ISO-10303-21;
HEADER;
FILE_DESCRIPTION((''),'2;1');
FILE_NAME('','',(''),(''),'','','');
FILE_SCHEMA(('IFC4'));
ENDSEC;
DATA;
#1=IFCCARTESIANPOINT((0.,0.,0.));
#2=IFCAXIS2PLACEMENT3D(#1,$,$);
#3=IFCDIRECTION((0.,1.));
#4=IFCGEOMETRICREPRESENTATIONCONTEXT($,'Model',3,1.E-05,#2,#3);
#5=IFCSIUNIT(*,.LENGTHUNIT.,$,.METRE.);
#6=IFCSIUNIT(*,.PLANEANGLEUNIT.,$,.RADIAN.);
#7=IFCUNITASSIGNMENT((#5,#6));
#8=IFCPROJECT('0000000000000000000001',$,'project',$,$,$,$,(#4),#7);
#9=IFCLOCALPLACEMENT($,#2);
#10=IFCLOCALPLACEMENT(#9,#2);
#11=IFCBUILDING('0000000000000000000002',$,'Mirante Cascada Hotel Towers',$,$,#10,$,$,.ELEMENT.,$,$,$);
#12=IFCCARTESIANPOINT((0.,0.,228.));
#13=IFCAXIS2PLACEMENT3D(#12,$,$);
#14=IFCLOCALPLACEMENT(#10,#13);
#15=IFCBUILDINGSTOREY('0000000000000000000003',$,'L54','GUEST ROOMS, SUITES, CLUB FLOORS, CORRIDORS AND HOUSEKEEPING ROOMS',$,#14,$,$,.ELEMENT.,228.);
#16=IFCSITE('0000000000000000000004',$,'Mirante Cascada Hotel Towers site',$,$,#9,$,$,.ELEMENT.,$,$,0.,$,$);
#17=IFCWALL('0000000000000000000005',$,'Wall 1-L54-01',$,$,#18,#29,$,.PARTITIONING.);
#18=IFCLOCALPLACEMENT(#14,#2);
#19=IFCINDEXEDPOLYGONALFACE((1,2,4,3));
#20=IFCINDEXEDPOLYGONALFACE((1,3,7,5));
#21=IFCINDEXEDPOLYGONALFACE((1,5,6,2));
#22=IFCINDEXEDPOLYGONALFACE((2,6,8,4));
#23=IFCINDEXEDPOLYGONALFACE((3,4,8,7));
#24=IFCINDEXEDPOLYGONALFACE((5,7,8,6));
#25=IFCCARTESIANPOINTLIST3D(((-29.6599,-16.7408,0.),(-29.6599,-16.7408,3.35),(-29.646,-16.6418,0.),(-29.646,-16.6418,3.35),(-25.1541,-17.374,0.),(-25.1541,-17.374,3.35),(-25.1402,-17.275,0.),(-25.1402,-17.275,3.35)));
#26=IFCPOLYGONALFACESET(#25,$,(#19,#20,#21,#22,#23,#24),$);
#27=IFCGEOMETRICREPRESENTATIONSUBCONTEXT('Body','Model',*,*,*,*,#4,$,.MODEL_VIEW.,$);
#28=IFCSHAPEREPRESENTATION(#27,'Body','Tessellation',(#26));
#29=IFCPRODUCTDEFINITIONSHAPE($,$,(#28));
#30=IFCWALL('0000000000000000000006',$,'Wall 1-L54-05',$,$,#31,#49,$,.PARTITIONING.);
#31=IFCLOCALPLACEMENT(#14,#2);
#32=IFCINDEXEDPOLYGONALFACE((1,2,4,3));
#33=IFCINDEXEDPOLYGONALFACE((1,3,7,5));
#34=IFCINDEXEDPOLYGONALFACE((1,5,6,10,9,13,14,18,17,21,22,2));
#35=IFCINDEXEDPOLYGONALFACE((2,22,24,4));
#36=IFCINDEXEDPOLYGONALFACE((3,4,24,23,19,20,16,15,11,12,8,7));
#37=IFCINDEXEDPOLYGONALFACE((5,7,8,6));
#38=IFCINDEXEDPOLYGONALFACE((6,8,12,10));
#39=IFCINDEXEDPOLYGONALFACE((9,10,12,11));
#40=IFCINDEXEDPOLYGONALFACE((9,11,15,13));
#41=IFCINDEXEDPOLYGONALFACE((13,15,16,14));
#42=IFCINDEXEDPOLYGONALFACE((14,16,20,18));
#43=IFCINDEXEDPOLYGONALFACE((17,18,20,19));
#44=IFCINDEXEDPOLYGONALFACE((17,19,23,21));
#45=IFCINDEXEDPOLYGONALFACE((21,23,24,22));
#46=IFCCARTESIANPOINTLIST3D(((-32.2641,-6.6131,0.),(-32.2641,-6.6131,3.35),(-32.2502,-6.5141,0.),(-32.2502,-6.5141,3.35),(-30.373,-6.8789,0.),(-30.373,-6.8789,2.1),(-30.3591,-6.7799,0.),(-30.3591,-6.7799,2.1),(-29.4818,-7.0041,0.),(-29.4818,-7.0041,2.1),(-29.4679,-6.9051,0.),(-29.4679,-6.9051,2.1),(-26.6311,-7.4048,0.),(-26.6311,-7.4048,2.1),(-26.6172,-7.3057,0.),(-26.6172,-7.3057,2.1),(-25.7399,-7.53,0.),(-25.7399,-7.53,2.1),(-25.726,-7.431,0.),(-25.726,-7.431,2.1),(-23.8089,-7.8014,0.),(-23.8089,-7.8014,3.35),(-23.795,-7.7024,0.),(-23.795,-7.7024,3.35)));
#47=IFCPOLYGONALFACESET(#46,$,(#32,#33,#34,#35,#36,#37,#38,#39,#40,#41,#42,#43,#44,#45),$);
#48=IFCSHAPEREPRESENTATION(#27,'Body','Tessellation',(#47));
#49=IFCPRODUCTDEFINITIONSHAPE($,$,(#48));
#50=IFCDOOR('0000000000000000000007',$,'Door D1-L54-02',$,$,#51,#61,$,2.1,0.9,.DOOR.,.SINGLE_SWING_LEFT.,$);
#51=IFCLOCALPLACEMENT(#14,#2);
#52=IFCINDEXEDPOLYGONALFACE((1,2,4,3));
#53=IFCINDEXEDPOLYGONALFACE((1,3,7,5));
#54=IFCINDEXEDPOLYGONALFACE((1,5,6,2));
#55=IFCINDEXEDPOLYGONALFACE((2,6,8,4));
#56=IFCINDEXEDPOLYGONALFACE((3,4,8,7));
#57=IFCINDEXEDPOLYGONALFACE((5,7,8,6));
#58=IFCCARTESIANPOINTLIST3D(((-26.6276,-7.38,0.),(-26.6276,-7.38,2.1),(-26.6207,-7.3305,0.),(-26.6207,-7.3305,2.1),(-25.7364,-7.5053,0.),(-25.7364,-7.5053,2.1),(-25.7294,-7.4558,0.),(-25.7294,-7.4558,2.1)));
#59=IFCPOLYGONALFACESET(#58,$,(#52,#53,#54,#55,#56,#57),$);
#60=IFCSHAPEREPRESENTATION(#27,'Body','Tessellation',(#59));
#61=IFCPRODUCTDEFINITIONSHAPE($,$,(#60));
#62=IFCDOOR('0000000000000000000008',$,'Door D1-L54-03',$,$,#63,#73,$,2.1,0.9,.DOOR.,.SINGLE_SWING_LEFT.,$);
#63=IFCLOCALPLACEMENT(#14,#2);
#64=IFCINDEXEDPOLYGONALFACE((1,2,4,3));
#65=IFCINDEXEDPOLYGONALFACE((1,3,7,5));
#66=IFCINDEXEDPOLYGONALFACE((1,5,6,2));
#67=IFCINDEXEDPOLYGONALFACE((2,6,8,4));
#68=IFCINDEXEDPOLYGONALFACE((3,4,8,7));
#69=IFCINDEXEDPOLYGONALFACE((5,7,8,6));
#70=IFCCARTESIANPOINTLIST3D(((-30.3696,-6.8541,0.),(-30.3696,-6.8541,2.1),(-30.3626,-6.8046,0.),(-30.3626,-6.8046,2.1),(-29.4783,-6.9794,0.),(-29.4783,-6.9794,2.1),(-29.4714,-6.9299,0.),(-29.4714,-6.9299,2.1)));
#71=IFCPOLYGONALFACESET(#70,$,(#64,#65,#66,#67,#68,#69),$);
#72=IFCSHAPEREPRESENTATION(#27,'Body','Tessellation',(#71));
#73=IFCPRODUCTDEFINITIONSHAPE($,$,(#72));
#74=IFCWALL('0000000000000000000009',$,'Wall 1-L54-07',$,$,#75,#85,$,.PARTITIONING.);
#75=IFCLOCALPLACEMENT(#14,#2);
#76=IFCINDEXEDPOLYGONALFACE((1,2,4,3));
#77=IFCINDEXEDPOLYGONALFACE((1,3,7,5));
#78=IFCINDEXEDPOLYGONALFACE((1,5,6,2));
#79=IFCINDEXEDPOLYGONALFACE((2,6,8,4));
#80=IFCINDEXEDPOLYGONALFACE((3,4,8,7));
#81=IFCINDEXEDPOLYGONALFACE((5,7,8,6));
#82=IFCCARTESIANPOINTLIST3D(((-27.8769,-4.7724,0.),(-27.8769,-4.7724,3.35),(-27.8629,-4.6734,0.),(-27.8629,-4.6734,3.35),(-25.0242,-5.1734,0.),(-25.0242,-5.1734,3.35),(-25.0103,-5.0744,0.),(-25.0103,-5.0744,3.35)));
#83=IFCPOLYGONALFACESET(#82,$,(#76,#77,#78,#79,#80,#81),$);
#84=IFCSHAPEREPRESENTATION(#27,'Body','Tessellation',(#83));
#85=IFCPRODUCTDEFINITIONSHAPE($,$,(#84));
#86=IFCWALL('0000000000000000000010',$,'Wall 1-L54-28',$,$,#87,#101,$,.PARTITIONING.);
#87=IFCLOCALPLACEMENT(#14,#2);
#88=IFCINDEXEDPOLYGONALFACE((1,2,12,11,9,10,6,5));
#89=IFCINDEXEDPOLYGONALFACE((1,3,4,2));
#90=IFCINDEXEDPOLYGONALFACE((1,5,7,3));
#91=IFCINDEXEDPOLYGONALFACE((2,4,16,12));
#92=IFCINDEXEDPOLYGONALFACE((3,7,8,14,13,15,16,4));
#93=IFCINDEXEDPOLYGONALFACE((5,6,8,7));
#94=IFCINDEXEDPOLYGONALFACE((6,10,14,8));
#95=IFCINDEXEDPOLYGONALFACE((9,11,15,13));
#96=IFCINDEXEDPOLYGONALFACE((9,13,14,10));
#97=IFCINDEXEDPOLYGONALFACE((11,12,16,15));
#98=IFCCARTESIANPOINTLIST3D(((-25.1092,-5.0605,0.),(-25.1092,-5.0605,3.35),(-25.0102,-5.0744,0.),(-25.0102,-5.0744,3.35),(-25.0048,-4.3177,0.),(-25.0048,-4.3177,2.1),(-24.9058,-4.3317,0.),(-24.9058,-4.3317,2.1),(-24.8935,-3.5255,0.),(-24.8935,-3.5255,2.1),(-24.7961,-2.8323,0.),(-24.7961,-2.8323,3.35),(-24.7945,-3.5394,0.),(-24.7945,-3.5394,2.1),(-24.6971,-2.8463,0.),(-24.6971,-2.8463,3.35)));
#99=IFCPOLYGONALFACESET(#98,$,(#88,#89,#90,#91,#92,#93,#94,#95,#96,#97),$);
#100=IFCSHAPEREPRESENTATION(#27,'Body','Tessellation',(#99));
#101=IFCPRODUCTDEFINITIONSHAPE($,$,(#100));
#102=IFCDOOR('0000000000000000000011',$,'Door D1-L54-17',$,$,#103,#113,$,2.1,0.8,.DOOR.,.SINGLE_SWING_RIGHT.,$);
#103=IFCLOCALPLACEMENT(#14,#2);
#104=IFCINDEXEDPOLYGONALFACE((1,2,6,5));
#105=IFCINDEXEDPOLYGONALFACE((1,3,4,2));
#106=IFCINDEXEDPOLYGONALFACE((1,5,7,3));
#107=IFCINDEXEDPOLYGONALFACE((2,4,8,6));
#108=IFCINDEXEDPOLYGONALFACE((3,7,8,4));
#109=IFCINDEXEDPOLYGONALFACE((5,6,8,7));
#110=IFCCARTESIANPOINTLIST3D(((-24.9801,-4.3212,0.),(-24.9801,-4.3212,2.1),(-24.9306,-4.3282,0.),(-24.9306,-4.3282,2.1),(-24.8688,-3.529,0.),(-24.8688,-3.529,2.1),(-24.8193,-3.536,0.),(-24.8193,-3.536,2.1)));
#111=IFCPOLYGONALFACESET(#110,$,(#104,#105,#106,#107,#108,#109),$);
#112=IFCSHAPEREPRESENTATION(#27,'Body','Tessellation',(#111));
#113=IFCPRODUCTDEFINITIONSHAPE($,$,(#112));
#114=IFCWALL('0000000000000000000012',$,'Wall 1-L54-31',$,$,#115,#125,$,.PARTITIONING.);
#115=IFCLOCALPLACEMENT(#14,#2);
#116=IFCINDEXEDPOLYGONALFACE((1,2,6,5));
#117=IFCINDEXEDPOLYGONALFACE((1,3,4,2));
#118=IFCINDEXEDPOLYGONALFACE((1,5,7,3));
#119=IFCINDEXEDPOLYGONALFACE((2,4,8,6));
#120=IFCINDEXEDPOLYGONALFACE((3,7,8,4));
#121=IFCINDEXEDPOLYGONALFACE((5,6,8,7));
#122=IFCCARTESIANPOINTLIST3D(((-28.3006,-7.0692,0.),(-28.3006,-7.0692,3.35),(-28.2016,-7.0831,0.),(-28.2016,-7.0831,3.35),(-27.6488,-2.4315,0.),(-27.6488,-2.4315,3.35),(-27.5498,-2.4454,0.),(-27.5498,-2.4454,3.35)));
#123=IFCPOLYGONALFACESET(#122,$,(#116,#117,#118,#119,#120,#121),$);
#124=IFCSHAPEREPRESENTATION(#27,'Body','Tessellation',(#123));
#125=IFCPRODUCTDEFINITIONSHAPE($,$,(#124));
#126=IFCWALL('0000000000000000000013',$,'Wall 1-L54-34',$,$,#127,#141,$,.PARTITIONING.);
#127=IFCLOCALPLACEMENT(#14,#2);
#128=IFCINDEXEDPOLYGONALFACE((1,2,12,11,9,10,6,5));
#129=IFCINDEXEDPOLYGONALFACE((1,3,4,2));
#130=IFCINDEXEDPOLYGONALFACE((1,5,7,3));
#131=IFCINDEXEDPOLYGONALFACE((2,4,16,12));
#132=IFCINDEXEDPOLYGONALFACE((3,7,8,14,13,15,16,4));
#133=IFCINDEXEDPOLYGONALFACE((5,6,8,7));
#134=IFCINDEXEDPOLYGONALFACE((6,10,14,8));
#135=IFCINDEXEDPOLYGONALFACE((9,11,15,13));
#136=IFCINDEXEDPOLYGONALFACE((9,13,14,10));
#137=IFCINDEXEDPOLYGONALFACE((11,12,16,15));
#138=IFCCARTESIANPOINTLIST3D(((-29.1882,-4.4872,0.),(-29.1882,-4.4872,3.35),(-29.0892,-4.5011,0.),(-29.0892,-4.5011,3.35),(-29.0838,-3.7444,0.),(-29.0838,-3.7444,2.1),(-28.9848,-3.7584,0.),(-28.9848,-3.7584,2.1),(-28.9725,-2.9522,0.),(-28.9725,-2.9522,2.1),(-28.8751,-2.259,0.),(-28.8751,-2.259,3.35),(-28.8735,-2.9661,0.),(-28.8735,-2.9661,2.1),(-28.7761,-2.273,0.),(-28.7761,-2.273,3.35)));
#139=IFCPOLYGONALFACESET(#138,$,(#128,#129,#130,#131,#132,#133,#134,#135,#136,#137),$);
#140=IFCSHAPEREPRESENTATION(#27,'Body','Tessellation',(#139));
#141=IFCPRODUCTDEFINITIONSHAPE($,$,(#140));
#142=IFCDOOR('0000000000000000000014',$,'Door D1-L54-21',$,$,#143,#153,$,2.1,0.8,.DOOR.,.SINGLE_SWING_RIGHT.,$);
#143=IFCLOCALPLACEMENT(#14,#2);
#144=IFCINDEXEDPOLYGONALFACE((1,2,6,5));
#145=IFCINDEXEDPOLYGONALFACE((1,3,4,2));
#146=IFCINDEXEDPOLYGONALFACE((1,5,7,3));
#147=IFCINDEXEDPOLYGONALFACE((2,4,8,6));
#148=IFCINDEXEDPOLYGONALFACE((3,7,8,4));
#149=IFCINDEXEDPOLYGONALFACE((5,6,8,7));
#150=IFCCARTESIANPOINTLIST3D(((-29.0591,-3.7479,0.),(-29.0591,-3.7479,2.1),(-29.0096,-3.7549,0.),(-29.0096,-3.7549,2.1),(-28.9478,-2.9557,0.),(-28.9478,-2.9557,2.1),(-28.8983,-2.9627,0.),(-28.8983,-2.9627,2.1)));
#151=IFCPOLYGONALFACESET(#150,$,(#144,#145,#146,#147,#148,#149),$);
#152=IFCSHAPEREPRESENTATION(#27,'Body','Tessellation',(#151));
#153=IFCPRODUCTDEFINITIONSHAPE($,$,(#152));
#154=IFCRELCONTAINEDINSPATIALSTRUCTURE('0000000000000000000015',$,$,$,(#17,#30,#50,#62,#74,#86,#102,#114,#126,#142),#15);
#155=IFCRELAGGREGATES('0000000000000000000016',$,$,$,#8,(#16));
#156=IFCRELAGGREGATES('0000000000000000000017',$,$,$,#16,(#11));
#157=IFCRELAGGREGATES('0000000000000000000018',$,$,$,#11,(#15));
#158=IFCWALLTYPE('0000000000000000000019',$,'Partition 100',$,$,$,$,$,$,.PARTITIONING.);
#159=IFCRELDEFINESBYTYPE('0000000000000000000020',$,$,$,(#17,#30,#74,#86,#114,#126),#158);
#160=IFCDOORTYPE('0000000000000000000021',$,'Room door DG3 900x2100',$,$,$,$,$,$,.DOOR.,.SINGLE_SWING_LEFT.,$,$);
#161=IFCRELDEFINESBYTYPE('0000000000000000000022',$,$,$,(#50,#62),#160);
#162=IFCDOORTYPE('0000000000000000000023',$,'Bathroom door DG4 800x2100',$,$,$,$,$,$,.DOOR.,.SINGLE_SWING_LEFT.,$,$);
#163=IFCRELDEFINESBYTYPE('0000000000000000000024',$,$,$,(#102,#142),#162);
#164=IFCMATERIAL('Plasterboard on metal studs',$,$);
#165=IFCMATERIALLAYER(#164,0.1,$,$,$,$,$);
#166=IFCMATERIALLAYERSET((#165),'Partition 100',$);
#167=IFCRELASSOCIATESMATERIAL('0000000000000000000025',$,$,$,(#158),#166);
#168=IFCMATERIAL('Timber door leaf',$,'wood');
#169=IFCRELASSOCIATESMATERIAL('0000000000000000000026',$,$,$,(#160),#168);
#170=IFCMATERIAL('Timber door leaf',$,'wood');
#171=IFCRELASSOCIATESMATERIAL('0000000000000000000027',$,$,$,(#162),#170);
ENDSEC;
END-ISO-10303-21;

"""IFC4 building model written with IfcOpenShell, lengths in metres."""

from ifc_helpers import new_model, si_unit, direction, frame, frame_2d, origin, place, context, subcontext, project, spatial, rectangle, extrude, material, layer, layer_set, type_object, element, fill, save


model = new_model("IFC4")

# Units and contexts
model_context = context("Model", 3, precision=1e-05, world=origin(), true_north=direction((0.0, 1.0)))
body_context = subcontext(model_context, "Body", "Model", "MODEL_VIEW")
ifc_project = project(units=[si_unit("LENGTHUNIT", "METRE"), si_unit("PLANEANGLEUNIT", "RADIAN")], contexts=[model_context])

# Site, building, storey
site_placement = place(None, origin())
site = spatial("IfcSite", under=ifc_project, at=site_placement, Name="Mirante Cascada Hotel Towers site", CompositionType="ELEMENT", RefElevation=0.0)
building_placement = place(site_placement, origin())
building = spatial("IfcBuilding", under=site, at=building_placement, Name="Mirante Cascada Hotel Towers", CompositionType="ELEMENT")
storey_placement = place(building_placement, frame((0.0, 0.0, 228.0)))
storey = spatial("IfcBuildingStorey", under=building, at=storey_placement, Name="L54", Description="GUEST ROOMS, SUITES, CLUB FLOORS, CORRIDORS AND HOUSEKEEPING ROOMS", CompositionType="ELEMENT", Elevation=228.0)

# Wall
ifc_material_1 = material(Name="Plasterboard on metal studs")
ifc_layer_1 = layer(ifc_material_1, 0.1)
ifc_layer_set_1 = layer_set([ifc_layer_1], Name="Partition 100")
wall_type_1 = type_object("IfcWallType", Name="Partition 100", PredefinedType="PARTITIONING", material=ifc_layer_set_1)
wall_1_placement = place(storey_placement, frame((-25.1472, -17.3245, 0.0), z_axis=(0.0, 0.0, 1.0), x_axis=(-0.99027, 0.139163, 0.0)))
element("IfcWall", 1, at=wall_1_placement, inside=storey, type_object=wall_type_1, Name="Wall 1-L54-01", PredefinedType="PARTITIONING", context=body_context, shape_type="SweptSolid", body=[
    extrude(rectangle(XDim=4.5501, YDim=0.1, at=frame_2d((2.275, 0.0))), origin(), (0.0, 0.0, 1.0), 3.35),
])

# Wall, openings, doors
wall_2_placement = place(storey_placement, frame((-23.8019, -7.7519, 0.0), z_axis=(0.0, 0.0, 1.0), x_axis=(-0.990268, 0.139173, 0.0)))
wall_2 = element("IfcWall", 2, at=wall_2_placement, inside=storey, type_object=wall_type_1, Name="Wall 1-L54-05", PredefinedType="PARTITIONING", context=body_context, shape_type="SweptSolid", body=[
    extrude(rectangle(XDim=8.5383, YDim=0.1, at=frame_2d((4.2692, 0.0))), origin(), (0.0, 0.0, 1.0), 3.35),
])
opening_1_placement = place(wall_2_placement, frame((1.95, 0.0, 0.0)))
opening_1 = element("IfcOpeningElement", 3, at=opening_1_placement, cuts=wall_2, PredefinedType="OPENING", context=body_context, shape_type="SweptSolid", body=[
    extrude(rectangle(XDim=0.9, YDim=2.1, at=frame_2d((0.45, 1.05))), frame((0.0, 0.05, 0.0), z_axis=(0.0, -1.0, 0.0), x_axis=(1.0, 0.0, 0.0)), (0.0, 0.0, 1.0), 0.1),
])
opening_2_placement = place(wall_2_placement, frame((5.7287, 0.0, 0.0)))
opening_2 = element("IfcOpeningElement", 4, at=opening_2_placement, cuts=wall_2, PredefinedType="OPENING", context=body_context, shape_type="SweptSolid", body=[
    extrude(rectangle(XDim=0.9, YDim=2.1, at=frame_2d((0.45, 1.05))), frame((0.0, 0.05, 0.0), z_axis=(0.0, -1.0, 0.0), x_axis=(1.0, 0.0, 0.0)), (0.0, 0.0, 1.0), 0.1),
])
ifc_material_2 = material(Name="Timber door leaf", Category="wood")
door_type_1 = type_object("IfcDoorType", Name="Room door DG3 900x2100", OperationType="SINGLE_SWING_LEFT", PredefinedType="DOOR", material=ifc_material_2)
door_1_placement = place(opening_1_placement, origin())
door_1 = element("IfcDoor", 5, at=door_1_placement, inside=storey, type_object=door_type_1, Name="Door D1-L54-02", OperationType="SINGLE_SWING_LEFT", OverallHeight=2.1, OverallWidth=0.9, PredefinedType="DOOR", context=body_context, shape_type="SweptSolid", body=[
    extrude(rectangle(XDim=0.9, YDim=2.1, at=frame_2d((0.45, 1.05))), frame((0.0, 0.025, 0.0), z_axis=(0.0, -1.0, 0.0), x_axis=(1.0, 0.0, 0.0)), (0.0, 0.0, 1.0), 0.05),
])
fill(opening_1, door_1)
door_2_placement = place(opening_2_placement, origin())
door_2 = element("IfcDoor", 6, at=door_2_placement, inside=storey, type_object=door_type_1, Name="Door D1-L54-03", OperationType="SINGLE_SWING_LEFT", OverallHeight=2.1, OverallWidth=0.9, PredefinedType="DOOR", context=body_context, shape_type="SweptSolid", body=[
    extrude(rectangle(XDim=0.9, YDim=2.1, at=frame_2d((0.45, 1.05))), frame((0.0, 0.025, 0.0), z_axis=(0.0, -1.0, 0.0), x_axis=(1.0, 0.0, 0.0)), (0.0, 0.0, 1.0), 0.05),
])
fill(opening_2, door_2)

# Wall
wall_3_placement = place(storey_placement, frame((-25.0172, -5.1239, 0.0), z_axis=(0.0, 0.0, 1.0), x_axis=(-0.990264, 0.1392, 0.0)))
element("IfcWall", 7, at=wall_3_placement, inside=storey, type_object=wall_type_1, Name="Wall 1-L54-07", PredefinedType="PARTITIONING", context=body_context, shape_type="SweptSolid", body=[
    extrude(rectangle(XDim=2.8807, YDim=0.1, at=frame_2d((1.4404, 0.0))), origin(), (0.0, 0.0, 1.0), 3.35),
])

# Wall, opening, door
wall_4_placement = place(storey_placement, frame((-24.7466, -2.8393, 0.0), z_axis=(0.0, 0.0, 1.0), x_axis=(-0.139156, -0.990271, 0.0)))
wall_4 = element("IfcWall", 8, at=wall_4_placement, inside=storey, type_object=wall_type_1, Name="Wall 1-L54-28", PredefinedType="PARTITIONING", context=body_context, shape_type="SweptSolid", body=[
    extrude(rectangle(XDim=2.25, YDim=0.1, at=frame_2d((1.125, 0.0))), origin(), (0.0, 0.0, 1.0), 3.35),
])
opening_3_placement = place(wall_4_placement, frame((0.7, 0.0, 0.0)))
opening_3 = element("IfcOpeningElement", 9, at=opening_3_placement, cuts=wall_4, PredefinedType="OPENING", context=body_context, shape_type="SweptSolid", body=[
    extrude(rectangle(XDim=0.8, YDim=2.1, at=frame_2d((0.4, 1.05))), frame((0.0, 0.05, 0.0), z_axis=(0.0, -1.0, 0.0), x_axis=(1.0, 0.0, 0.0)), (0.0, 0.0, 1.0), 0.1),
])
ifc_material_3 = material(Name="Timber door leaf", Category="wood")
door_type_2 = type_object("IfcDoorType", Name="Bathroom door DG4 800x2100", OperationType="SINGLE_SWING_LEFT", PredefinedType="DOOR", material=ifc_material_3)
door_3_placement = place(opening_3_placement, frame((0.8, 0.0, 0.0), z_axis=(0.0, 0.0, 1.0), x_axis=(-1.0, 0.0, 0.0)))
door_3 = element("IfcDoor", 10, at=door_3_placement, inside=storey, type_object=door_type_2, Name="Door D1-L54-17", OperationType="SINGLE_SWING_RIGHT", OverallHeight=2.1, OverallWidth=0.8, PredefinedType="DOOR", context=body_context, shape_type="SweptSolid", body=[
    extrude(rectangle(XDim=0.8, YDim=2.1, at=frame_2d((0.4, 1.05))), frame((0.0, 0.025, 0.0), z_axis=(0.0, -1.0, 0.0), x_axis=(1.0, 0.0, 0.0)), (0.0, 0.0, 1.0), 0.05),
])
fill(opening_3, door_3)

# Wall
wall_5_placement = place(storey_placement, frame((-28.2511, -7.0761, 0.0), z_axis=(0.0, 0.0, 1.0), x_axis=(0.139176, 0.990268, 0.0)))
element("IfcWall", 11, at=wall_5_placement, inside=storey, type_object=wall_type_1, Name="Wall 1-L54-31", PredefinedType="PARTITIONING", context=body_context, shape_type="SweptSolid", body=[
    extrude(rectangle(XDim=4.6833, YDim=0.1, at=frame_2d((2.3416, 0.0))), origin(), (0.0, 0.0, 1.0), 3.35),
])

# Wall, opening, door
wall_6_placement = place(storey_placement, frame((-28.8256, -2.266, 0.0), z_axis=(0.0, 0.0, 1.0), x_axis=(-0.139156, -0.990271, 0.0)))
wall_6 = element("IfcWall", 12, at=wall_6_placement, inside=storey, type_object=wall_type_1, Name="Wall 1-L54-34", PredefinedType="PARTITIONING", context=body_context, shape_type="SweptSolid", body=[
    extrude(rectangle(XDim=2.25, YDim=0.1, at=frame_2d((1.125, 0.0))), origin(), (0.0, 0.0, 1.0), 3.35),
])
opening_4_placement = place(wall_6_placement, frame((0.7, 0.0, 0.0)))
opening_4 = element("IfcOpeningElement", 13, at=opening_4_placement, cuts=wall_6, PredefinedType="OPENING", context=body_context, shape_type="SweptSolid", body=[
    extrude(rectangle(XDim=0.8, YDim=2.1, at=frame_2d((0.4, 1.05))), frame((0.0, 0.05, 0.0), z_axis=(0.0, -1.0, 0.0), x_axis=(1.0, 0.0, 0.0)), (0.0, 0.0, 1.0), 0.1),
])
door_4_placement = place(opening_4_placement, frame((0.8, 0.0, 0.0), z_axis=(0.0, 0.0, 1.0), x_axis=(-1.0, 0.0, 0.0)))
door_4 = element("IfcDoor", 14, at=door_4_placement, inside=storey, type_object=door_type_2, Name="Door D1-L54-21", OperationType="SINGLE_SWING_RIGHT", OverallHeight=2.1, OverallWidth=0.8, PredefinedType="DOOR", context=body_context, shape_type="SweptSolid", body=[
    extrude(rectangle(XDim=0.8, YDim=2.1, at=frame_2d((0.4, 1.05))), frame((0.0, 0.025, 0.0), z_axis=(0.0, -1.0, 0.0), x_axis=(1.0, 0.0, 0.0)), (0.0, 0.0, 1.0), 0.05),
])
fill(opening_4, door_4)

save(model, "model.ifc")
